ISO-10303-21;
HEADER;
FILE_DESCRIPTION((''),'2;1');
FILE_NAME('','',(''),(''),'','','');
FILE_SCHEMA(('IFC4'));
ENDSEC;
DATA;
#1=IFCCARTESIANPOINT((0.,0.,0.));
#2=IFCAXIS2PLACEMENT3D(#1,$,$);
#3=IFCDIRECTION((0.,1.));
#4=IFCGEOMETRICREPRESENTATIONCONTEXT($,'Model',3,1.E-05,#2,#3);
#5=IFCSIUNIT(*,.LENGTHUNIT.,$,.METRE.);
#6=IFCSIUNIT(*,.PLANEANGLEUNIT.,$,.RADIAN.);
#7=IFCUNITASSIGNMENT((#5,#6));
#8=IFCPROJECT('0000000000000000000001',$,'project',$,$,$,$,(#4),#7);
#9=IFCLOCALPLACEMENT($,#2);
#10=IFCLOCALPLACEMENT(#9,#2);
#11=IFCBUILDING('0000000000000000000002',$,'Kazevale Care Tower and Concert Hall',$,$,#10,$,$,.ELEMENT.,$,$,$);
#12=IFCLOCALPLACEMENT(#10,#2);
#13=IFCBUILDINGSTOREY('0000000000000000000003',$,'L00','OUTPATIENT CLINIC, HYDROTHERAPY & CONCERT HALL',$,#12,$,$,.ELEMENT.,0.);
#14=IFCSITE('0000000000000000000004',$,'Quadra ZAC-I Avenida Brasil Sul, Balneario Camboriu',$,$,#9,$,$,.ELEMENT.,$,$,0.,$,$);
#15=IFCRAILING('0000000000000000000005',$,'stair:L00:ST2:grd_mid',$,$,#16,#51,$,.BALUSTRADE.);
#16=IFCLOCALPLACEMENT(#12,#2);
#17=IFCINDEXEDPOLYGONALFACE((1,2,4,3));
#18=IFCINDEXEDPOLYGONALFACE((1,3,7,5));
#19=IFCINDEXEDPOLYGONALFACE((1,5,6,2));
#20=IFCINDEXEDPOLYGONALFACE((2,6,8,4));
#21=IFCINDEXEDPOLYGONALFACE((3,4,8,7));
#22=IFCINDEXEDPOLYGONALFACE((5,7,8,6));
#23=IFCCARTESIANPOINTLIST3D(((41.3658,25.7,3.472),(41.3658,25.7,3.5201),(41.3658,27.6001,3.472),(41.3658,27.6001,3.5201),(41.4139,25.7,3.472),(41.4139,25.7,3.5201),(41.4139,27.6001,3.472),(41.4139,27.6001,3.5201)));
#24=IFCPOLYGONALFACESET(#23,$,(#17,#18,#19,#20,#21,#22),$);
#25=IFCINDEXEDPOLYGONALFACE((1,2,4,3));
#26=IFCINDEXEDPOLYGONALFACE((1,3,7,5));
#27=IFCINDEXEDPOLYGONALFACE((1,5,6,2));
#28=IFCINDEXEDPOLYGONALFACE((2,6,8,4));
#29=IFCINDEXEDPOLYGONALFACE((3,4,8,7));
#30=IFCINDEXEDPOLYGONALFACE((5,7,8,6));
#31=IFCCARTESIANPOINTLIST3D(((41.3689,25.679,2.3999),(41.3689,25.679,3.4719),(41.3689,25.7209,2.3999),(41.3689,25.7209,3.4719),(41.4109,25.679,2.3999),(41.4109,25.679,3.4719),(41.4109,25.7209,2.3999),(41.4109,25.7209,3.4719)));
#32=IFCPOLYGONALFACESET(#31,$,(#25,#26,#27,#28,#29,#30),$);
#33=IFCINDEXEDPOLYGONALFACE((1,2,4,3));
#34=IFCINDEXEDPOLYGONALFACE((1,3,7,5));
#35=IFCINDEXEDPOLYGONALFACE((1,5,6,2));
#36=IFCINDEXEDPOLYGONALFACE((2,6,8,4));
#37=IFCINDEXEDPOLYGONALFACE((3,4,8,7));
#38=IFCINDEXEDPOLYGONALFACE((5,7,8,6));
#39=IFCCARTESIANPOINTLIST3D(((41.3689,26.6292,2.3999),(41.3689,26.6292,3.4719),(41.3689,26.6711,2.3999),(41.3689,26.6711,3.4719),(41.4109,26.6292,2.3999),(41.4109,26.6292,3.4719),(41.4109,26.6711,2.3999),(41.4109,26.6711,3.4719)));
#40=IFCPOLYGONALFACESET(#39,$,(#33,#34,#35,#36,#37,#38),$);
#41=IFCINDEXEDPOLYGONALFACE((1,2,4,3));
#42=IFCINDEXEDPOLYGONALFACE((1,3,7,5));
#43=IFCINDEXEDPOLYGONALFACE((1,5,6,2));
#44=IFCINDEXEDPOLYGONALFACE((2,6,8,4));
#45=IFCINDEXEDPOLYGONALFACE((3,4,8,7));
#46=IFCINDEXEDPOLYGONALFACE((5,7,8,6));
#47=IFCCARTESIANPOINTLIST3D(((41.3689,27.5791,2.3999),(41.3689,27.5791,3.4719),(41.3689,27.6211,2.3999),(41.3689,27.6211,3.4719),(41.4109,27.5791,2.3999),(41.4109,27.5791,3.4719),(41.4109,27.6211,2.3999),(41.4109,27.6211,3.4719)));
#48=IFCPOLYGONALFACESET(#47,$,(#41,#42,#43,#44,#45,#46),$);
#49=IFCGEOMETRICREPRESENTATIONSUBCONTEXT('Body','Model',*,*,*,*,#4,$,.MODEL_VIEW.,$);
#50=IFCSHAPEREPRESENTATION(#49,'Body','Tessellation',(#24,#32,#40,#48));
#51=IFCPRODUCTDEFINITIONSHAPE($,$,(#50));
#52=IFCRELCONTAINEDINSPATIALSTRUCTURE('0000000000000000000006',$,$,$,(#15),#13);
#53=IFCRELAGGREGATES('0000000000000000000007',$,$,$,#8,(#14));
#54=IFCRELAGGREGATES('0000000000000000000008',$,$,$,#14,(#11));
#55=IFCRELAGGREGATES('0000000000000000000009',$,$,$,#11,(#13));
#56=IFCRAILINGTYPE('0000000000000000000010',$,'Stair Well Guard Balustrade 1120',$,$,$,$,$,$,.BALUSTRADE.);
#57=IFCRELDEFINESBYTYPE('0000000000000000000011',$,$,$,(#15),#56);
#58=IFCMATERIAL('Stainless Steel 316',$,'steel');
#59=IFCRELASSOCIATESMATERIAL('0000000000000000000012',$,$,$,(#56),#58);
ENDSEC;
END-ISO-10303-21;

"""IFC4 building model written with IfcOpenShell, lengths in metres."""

from ifc_helpers import new_model, si_unit, direction, frame, origin, origin_2d, place, context, subcontext, project, spatial, rectangle, extrude, material, type_object, element, save


model = new_model("IFC4")

# Units and contexts
model_context = context("Model", 3, precision=1e-05, world=origin(), true_north=direction((0.0, 1.0)))
body_context = subcontext(model_context, "Body", "Model", "MODEL_VIEW")
ifc_project = project(units=[si_unit("LENGTHUNIT", "METRE"), si_unit("PLANEANGLEUNIT", "RADIAN")], contexts=[model_context])

# Site, building, storey
site_placement = place(None, origin())
site = spatial("IfcSite", under=ifc_project, at=site_placement, Name="Quadra ZAC-I Avenida Brasil Sul, Balneario Camboriu", CompositionType="ELEMENT", RefElevation=0.0)
building_placement = place(site_placement, origin())
building = spatial("IfcBuilding", under=site, at=building_placement, Name="Kazevale Care Tower and Concert Hall", CompositionType="ELEMENT")
storey_placement = place(building_placement, origin())
storey = spatial("IfcBuildingStorey", under=building, at=storey_placement, Name="L00", Description="OUTPATIENT CLINIC, HYDROTHERAPY & CONCERT HALL", CompositionType="ELEMENT", Elevation=0.0)

# Railing
ifc_material_1 = material(Name="Stainless Steel 316", Category="steel")
railing_type_1 = type_object("IfcRailingType", Name="Stair Well Guard Balustrade 1120", PredefinedType="BALUSTRADE", material=ifc_material_1)
railing_1_placement = place(storey_placement, frame((41.3899, 25.7, 2.3999)))
element("IfcRailing", 1, at=railing_1_placement, inside=storey, type_object=railing_type_1, Name="stair:L00:ST2:grd_mid", PredefinedType="BALUSTRADE", context=body_context, shape_type="SweptSolid", body=[
    extrude(rectangle(XDim=0.0481, YDim=0.0481, at=origin_2d()), frame((0.0, 0.0, 1.0962), z_axis=(0.0, 1.0, 0.0), x_axis=(-1.0, 0.0, 0.0)), (0.0, 0.0, 1.0), 1.9001),
    extrude(rectangle(XDim=0.042, YDim=0.042, at=origin_2d()), origin(), (0.0, 0.0, 1.0), 1.072),
    extrude(rectangle(XDim=0.042, YDim=0.042, at=origin_2d()), frame((0.0, 0.9502, 0.0)), (0.0, 0.0, 1.0), 1.072),
    extrude(rectangle(XDim=0.042, YDim=0.042, at=origin_2d()), frame((0.0, 1.9001, 0.0)), (0.0, 0.0, 1.0), 1.072),
])

save(model, "model.ifc")
